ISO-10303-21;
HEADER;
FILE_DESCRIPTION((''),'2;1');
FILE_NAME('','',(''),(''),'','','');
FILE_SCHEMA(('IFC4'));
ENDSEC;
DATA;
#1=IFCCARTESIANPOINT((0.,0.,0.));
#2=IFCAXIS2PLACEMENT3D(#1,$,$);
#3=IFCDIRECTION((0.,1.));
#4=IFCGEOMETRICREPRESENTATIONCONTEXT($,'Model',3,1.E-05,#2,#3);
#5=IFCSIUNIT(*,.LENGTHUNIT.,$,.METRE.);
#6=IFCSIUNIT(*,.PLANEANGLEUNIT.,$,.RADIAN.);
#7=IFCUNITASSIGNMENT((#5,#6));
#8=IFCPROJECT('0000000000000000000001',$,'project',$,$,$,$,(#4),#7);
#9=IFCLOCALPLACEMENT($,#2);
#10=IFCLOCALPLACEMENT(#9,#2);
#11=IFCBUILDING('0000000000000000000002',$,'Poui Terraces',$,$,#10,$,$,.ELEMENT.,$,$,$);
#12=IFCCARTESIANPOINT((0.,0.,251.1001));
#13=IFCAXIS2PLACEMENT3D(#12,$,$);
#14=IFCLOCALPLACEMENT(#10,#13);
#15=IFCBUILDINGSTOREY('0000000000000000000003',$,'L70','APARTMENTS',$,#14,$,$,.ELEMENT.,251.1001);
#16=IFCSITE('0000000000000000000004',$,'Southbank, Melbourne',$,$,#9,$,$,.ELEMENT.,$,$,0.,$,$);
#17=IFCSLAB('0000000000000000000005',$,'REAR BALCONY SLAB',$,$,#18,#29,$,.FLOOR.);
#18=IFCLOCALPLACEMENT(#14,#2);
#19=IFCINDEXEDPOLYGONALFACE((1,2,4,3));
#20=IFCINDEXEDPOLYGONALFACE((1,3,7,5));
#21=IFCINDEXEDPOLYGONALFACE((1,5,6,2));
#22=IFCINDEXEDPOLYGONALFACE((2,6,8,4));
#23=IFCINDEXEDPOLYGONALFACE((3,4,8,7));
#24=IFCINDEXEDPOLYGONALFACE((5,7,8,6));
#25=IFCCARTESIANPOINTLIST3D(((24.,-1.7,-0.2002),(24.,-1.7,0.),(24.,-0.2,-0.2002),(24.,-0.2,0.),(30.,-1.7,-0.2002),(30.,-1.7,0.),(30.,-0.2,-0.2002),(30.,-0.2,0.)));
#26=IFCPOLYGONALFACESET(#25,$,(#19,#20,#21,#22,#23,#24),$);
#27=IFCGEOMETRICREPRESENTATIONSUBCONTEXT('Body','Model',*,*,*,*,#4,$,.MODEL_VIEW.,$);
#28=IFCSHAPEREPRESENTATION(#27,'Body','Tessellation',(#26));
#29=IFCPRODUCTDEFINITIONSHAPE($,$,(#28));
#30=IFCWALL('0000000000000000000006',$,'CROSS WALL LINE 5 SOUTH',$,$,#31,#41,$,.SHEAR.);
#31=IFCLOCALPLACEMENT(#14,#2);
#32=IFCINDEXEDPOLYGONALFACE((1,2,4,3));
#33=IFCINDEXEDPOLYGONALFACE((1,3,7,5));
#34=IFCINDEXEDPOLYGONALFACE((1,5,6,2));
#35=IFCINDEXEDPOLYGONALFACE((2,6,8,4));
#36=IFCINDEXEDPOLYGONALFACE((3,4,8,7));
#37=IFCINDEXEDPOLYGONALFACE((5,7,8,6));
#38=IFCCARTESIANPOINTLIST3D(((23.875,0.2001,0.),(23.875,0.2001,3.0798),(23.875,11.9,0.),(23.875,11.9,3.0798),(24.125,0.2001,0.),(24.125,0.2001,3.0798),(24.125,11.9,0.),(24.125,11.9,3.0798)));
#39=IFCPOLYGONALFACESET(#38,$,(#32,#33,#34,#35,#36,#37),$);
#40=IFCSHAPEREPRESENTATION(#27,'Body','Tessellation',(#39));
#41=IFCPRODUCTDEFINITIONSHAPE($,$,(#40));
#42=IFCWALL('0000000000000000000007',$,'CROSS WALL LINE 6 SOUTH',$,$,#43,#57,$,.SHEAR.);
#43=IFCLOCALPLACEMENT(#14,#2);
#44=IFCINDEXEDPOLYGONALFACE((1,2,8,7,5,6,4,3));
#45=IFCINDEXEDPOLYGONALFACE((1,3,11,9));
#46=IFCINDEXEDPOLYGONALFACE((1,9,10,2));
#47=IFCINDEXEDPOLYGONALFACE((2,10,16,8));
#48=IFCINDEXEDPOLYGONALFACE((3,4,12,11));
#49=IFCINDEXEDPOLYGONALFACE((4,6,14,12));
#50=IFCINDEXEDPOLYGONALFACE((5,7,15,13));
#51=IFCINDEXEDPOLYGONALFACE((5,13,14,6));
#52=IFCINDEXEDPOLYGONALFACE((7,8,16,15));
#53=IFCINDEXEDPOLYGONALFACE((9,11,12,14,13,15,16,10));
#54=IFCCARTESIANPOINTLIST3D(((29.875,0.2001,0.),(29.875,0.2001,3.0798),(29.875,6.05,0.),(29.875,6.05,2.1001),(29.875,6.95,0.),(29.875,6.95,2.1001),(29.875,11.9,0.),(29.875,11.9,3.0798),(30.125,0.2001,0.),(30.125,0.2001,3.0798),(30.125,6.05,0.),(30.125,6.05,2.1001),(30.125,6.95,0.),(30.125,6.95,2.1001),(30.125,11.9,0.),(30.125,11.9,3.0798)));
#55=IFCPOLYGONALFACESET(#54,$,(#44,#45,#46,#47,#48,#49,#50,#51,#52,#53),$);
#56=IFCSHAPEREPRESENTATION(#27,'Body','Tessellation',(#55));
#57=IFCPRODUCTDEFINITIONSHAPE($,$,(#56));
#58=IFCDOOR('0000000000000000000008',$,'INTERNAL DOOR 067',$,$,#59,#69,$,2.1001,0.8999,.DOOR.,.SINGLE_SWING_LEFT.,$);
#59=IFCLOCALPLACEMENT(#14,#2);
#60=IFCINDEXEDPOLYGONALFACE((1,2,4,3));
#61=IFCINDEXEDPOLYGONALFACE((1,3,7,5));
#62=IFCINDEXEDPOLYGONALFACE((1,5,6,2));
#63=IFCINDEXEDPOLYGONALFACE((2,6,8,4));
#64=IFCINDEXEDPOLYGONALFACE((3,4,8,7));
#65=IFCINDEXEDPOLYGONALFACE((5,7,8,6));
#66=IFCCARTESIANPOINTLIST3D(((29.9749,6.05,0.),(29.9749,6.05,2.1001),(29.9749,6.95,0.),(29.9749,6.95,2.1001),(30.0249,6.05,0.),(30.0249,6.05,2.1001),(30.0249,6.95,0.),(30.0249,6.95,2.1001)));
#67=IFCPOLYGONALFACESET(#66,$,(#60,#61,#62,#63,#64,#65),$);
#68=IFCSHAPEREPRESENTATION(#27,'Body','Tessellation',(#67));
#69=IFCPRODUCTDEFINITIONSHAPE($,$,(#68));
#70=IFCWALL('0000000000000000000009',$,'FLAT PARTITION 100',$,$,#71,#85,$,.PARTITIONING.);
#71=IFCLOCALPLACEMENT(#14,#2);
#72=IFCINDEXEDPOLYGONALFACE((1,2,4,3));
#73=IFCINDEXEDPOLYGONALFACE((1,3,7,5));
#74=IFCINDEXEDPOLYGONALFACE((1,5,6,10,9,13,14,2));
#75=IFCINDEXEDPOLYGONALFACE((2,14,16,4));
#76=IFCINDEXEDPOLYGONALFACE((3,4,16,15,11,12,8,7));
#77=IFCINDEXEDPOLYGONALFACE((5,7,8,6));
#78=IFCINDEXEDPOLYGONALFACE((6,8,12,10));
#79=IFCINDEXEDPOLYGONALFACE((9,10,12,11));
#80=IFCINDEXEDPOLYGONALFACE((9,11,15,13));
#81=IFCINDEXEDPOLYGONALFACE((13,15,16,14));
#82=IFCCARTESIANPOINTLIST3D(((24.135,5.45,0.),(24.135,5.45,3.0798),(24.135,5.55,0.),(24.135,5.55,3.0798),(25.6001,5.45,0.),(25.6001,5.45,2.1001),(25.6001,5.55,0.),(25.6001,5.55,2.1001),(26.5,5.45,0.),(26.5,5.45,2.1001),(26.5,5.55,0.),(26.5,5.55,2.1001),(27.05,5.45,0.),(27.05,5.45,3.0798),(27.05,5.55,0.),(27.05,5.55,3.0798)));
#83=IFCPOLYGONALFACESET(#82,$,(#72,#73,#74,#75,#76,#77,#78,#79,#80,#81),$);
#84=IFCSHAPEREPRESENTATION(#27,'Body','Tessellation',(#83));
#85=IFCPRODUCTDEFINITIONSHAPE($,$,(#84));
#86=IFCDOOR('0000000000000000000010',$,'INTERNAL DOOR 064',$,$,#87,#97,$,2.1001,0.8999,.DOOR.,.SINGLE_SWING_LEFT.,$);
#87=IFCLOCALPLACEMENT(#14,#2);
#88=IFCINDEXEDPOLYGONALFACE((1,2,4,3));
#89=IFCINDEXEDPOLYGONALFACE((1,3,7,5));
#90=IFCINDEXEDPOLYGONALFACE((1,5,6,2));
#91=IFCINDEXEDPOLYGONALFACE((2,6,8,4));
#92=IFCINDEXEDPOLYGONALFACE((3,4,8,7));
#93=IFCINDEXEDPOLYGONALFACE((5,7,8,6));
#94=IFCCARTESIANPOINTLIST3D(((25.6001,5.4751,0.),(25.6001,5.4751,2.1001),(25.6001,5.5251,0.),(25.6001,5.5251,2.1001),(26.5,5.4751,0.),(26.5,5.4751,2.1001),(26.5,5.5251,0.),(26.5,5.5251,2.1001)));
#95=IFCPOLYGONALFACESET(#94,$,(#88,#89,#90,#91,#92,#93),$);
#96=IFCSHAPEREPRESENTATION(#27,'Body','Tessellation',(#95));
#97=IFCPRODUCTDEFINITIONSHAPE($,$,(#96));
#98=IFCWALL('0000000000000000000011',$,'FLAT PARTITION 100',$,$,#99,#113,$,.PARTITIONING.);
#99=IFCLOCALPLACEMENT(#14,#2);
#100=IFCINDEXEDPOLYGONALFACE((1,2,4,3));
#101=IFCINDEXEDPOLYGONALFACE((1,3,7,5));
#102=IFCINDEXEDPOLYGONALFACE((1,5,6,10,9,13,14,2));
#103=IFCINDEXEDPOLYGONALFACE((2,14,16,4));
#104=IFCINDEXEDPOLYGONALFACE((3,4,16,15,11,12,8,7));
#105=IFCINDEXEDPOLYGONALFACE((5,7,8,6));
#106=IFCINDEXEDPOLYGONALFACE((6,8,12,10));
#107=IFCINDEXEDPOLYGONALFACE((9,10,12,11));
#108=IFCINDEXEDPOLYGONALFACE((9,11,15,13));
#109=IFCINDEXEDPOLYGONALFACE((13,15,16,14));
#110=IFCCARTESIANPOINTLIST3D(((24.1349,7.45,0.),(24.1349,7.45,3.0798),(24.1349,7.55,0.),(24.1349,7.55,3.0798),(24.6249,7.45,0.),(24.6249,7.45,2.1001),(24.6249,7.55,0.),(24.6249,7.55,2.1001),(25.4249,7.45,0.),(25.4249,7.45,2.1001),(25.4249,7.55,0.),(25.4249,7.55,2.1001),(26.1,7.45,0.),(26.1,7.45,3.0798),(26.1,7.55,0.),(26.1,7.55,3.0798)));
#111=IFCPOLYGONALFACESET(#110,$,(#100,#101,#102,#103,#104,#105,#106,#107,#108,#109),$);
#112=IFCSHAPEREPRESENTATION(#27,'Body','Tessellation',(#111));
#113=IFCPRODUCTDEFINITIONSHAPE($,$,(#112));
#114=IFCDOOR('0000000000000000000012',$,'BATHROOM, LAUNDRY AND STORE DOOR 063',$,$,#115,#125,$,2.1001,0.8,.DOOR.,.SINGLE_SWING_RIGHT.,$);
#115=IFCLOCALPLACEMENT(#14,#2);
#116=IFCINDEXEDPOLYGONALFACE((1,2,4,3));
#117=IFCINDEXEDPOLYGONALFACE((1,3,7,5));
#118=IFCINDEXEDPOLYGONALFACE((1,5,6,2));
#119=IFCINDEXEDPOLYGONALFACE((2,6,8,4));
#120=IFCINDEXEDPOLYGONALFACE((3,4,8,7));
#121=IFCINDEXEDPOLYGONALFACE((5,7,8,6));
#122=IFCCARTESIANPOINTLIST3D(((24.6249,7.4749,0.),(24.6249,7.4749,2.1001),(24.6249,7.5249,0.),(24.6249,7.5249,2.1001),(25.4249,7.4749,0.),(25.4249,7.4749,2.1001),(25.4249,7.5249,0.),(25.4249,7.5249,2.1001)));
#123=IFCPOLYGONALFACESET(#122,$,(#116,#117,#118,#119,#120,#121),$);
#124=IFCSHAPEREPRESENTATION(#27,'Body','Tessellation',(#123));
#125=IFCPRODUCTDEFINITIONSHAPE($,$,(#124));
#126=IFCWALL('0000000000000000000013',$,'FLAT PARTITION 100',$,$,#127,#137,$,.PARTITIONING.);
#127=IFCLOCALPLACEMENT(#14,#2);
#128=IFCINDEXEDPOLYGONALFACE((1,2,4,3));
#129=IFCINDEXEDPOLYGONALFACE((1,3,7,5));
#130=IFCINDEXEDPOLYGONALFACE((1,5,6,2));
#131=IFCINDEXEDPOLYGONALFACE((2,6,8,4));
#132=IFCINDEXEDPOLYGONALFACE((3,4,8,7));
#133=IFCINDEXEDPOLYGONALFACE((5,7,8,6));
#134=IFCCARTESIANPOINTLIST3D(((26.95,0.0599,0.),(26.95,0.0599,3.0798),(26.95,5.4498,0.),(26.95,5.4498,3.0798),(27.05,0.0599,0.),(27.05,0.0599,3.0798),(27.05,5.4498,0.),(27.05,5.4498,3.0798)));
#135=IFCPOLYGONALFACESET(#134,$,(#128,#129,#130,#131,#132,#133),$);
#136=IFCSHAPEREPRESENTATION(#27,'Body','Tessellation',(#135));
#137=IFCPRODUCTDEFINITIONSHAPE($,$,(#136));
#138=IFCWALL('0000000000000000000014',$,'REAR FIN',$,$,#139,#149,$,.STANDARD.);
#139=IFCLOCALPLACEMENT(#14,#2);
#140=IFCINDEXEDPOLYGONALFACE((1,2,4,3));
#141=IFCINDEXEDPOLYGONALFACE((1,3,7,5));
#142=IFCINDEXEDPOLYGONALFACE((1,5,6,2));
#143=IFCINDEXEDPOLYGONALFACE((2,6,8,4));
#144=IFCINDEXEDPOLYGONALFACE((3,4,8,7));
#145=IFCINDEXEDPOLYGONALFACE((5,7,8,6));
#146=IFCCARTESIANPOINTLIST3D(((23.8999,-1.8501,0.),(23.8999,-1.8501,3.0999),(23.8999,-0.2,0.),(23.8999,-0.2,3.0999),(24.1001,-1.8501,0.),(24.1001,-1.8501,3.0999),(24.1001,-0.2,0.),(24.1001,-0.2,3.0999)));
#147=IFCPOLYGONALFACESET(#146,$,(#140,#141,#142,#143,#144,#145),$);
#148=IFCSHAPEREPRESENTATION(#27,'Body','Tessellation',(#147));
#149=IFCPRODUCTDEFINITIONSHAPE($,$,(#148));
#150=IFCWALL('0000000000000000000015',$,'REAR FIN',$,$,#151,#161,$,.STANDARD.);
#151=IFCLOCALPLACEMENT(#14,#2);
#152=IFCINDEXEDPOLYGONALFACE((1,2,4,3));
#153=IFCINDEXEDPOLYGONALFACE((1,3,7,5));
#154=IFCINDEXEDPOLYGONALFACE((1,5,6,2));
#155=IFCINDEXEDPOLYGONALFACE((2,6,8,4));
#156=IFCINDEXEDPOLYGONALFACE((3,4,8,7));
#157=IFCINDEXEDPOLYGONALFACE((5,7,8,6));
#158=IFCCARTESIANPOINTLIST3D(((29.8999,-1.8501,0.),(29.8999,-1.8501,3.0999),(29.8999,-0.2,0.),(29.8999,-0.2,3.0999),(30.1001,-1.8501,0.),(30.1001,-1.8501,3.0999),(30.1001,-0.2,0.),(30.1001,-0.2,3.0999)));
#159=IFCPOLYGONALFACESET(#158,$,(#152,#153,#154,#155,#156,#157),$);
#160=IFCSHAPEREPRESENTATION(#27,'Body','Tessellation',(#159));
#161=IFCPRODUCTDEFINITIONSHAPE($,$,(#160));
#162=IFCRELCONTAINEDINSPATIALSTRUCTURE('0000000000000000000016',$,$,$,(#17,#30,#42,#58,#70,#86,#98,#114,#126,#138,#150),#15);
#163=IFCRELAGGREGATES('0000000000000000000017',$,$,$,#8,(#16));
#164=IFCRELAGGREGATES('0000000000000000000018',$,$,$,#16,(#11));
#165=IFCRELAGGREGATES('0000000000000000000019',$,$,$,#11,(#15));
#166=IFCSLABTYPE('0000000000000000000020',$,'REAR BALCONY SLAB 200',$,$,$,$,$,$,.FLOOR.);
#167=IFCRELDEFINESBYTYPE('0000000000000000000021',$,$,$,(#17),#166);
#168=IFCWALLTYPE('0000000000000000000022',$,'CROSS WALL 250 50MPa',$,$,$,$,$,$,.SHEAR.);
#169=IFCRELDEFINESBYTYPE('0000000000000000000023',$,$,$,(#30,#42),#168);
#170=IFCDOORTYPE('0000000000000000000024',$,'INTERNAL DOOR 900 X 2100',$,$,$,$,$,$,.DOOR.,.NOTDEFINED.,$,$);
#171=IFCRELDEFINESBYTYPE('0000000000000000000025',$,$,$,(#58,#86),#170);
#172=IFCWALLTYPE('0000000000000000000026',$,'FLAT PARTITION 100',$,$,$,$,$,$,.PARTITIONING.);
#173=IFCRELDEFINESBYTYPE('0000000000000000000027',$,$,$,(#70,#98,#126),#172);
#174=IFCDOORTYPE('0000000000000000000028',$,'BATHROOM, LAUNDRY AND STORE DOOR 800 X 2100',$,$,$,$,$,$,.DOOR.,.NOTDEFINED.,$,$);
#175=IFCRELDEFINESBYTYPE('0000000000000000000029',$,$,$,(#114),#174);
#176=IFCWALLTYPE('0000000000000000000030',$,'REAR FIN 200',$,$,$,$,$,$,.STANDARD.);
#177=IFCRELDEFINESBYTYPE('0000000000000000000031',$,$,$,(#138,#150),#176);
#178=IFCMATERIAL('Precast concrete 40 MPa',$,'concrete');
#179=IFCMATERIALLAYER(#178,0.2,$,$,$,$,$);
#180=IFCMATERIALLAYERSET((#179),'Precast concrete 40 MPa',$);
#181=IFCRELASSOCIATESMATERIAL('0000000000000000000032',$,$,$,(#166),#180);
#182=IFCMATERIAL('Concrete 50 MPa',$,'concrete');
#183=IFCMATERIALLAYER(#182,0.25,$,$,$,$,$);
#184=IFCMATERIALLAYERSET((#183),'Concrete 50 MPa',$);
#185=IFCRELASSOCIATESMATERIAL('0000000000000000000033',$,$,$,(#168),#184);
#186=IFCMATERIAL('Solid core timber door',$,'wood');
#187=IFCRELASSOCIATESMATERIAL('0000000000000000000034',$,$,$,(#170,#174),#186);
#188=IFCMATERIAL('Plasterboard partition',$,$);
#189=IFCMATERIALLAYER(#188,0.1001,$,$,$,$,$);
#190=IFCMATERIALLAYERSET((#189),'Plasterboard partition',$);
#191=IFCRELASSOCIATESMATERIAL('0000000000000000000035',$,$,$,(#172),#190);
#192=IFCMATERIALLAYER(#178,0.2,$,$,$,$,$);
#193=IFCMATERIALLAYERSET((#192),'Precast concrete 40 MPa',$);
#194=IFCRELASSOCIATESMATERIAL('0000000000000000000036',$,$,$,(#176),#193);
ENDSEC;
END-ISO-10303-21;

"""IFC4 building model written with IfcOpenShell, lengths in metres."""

from ifc_helpers import new_model, si_unit, direction, frame, frame_2d, origin, place, context, subcontext, project, spatial, polyline, rectangle, outline, extrude, source, transform, mapped, material, layer, layer_set, type_object, element, fill, save


model = new_model("IFC4")

# Units and contexts
model_context = context("Model", 3, precision=1e-05, world=origin(), true_north=direction((0.0, 1.0)))
body_context = subcontext(model_context, "Body", "Model", "MODEL_VIEW")
ifc_project = project(units=[si_unit("LENGTHUNIT", "METRE"), si_unit("PLANEANGLEUNIT", "RADIAN")], contexts=[model_context])

# Site, building, storey
site_placement = place(None, origin())
site = spatial("IfcSite", under=ifc_project, at=site_placement, Name="Southbank, Melbourne", CompositionType="ELEMENT", RefElevation=0.0)
building_placement = place(site_placement, origin())
building = spatial("IfcBuilding", under=site, at=building_placement, Name="Poui Terraces", CompositionType="ELEMENT")
storey_placement = place(building_placement, frame((0.0, 0.0, 251.1001)))
storey = spatial("IfcBuildingStorey", under=building, at=storey_placement, Name="L70", Description="APARTMENTS", CompositionType="ELEMENT", Elevation=251.1001)

# Slab
ifc_material_1 = material(Name="Precast concrete 40 MPa", Category="concrete")
ifc_layer_1 = layer(ifc_material_1, 0.2)
ifc_layer_set_1 = layer_set([ifc_layer_1], Name="Precast concrete 40 MPa")
slab_type = type_object("IfcSlabType", Name="REAR BALCONY SLAB 200", PredefinedType="FLOOR", material=ifc_layer_set_1)
shared_shape_1 = source(origin(), body_context, "Body", "SweptSolid", [
    extrude(outline(polyline([(0.0, 0.0), (6.0, 0.0), (6.0, 1.5), (0.0, 1.5), (0.0, 0.0)])), origin(), (0.0, 0.0, 1.0), 0.2002),
])
slab_placement = place(storey_placement, frame((24.0, -1.7, -0.2002)))
element("IfcSlab", 1, at=slab_placement, inside=storey, type_object=slab_type, Name="REAR BALCONY SLAB", PredefinedType="FLOOR", context=body_context, shape_type="MappedRepresentation", body=[
    mapped(shared_shape_1, transform((0.0, 0.0, 0.0))),
])

# Wall
ifc_material_2 = material(Name="Concrete 50 MPa", Category="concrete")
ifc_layer_2 = layer(ifc_material_2, 0.25)
ifc_layer_set_2 = layer_set([ifc_layer_2], Name="Concrete 50 MPa")
wall_type_1 = type_object("IfcWallType", Name="CROSS WALL 250 50MPa", PredefinedType="SHEAR", material=ifc_layer_set_2)
wall_1_placement = place(storey_placement, frame((24.0, 0.2, 0.0), z_axis=(0.0, 0.0, 1.0), x_axis=(0.0, 1.0, 0.0)))
element("IfcWall", 2, at=wall_1_placement, inside=storey, type_object=wall_type_1, Name="CROSS WALL LINE 5 SOUTH", PredefinedType="SHEAR", context=body_context, shape_type="SweptSolid", body=[
    extrude(rectangle(XDim=11.7, YDim=0.25, at=frame_2d((5.8501, 0.0))), origin(), (0.0, 0.0, 1.0), 3.0798),
])

# Walls, openings, doors
wall_2_placement = place(storey_placement, frame((30.0, 0.2, 0.0), z_axis=(0.0, 0.0, 1.0), x_axis=(0.0, 1.0, 0.0)))
wall_2 = element("IfcWall", 3, at=wall_2_placement, inside=storey, type_object=wall_type_1, Name="CROSS WALL LINE 6 SOUTH", PredefinedType="SHEAR", context=body_context, shape_type="SweptSolid", body=[
    extrude(rectangle(XDim=11.7, YDim=0.25, at=frame_2d((5.8501, 0.0))), origin(), (0.0, 0.0, 1.0), 3.0798),
])
opening_1_placement = place(wall_2_placement, frame((5.8501, 0.0, 0.0)))
opening_1 = element("IfcOpeningElement", 4, at=opening_1_placement, cuts=wall_2, PredefinedType="OPENING", context=body_context, shape_type="SweptSolid", body=[
    extrude(rectangle(XDim=0.8999, YDim=2.1001, at=frame_2d((0.45, 1.05))), frame((0.0, 0.135, 0.0), z_axis=(0.0, -1.0, 0.0), x_axis=(1.0, 0.0, 0.0)), (0.0, 0.0, 1.0), 0.27),
])
ifc_material_3 = material(Name="Solid core timber door", Category="wood")
door_type_1 = type_object("IfcDoorType", Name="INTERNAL DOOR 900 X 2100", OperationType="NOTDEFINED", PredefinedType="DOOR", material=ifc_material_3)
door_1_placement = place(opening_1_placement, frame((0.8999, 0.0, 0.0), z_axis=(0.0, 0.0, 1.0), x_axis=(-1.0, 0.0, 0.0)))
door_1 = element("IfcDoor", 5, at=door_1_placement, inside=storey, type_object=door_type_1, Name="INTERNAL DOOR 067", OperationType="SINGLE_SWING_LEFT", OverallHeight=2.1001, OverallWidth=0.8999, PredefinedType="DOOR", context=body_context, shape_type="SweptSolid", body=[
    extrude(rectangle(XDim=0.8999, YDim=2.1001, at=frame_2d((0.45, 1.05))), frame((0.0, 0.0249, 0.0), z_axis=(0.0, -1.0, 0.0), x_axis=(1.0, 0.0, 0.0)), (0.0, 0.0, 1.0), 0.05),
])
fill(opening_1, door_1)
ifc_material_4 = material(Name="Plasterboard partition")
ifc_layer_3 = layer(ifc_material_4, 0.1001)
ifc_layer_set_3 = layer_set([ifc_layer_3], Name="Plasterboard partition")
wall_type_2 = type_object("IfcWallType", Name="FLAT PARTITION 100", PredefinedType="PARTITIONING", material=ifc_layer_set_3)
wall_3_placement = place(storey_placement, frame((24.135, 5.5, 0.0), z_axis=(0.0, 0.0, 1.0), x_axis=(1.0, 0.0, 0.0)))
wall_3 = element("IfcWall", 6, at=wall_3_placement, inside=storey, type_object=wall_type_2, Name="FLAT PARTITION 100", PredefinedType="PARTITIONING", context=body_context, shape_type="SweptSolid", body=[
    extrude(rectangle(XDim=2.915, YDim=0.1001, at=frame_2d((1.4575, 0.0))), origin(), (0.0, 0.0, 1.0), 3.0798),
])
opening_2_placement = place(wall_3_placement, frame((1.4651, 0.0, 0.0)))
opening_2 = element("IfcOpeningElement", 7, at=opening_2_placement, cuts=wall_3, PredefinedType="OPENING", context=body_context, shape_type="SweptSolid", body=[
    extrude(rectangle(XDim=0.8999, YDim=2.1001, at=frame_2d((0.45, 1.05))), frame((0.0, 0.0601, 0.0), z_axis=(0.0, -1.0, 0.0), x_axis=(1.0, 0.0, 0.0)), (0.0, 0.0, 1.0), 0.1201),
])
door_2_placement = place(opening_2_placement, frame((0.8999, 0.0, 0.0), z_axis=(0.0, 0.0, 1.0), x_axis=(-1.0, 0.0, 0.0)))
door_2 = element("IfcDoor", 8, at=door_2_placement, inside=storey, type_object=door_type_1, Name="INTERNAL DOOR 064", OperationType="SINGLE_SWING_LEFT", OverallHeight=2.1001, OverallWidth=0.8999, PredefinedType="DOOR", context=body_context, shape_type="SweptSolid", body=[
    extrude(rectangle(XDim=0.8999, YDim=2.1001, at=frame_2d((0.45, 1.05))), frame((0.0, 0.0249, 0.0), z_axis=(0.0, -1.0, 0.0), x_axis=(1.0, 0.0, 0.0)), (0.0, 0.0, 1.0), 0.05),
])
fill(opening_2, door_2)
wall_4_placement = place(storey_placement, frame((24.135, 7.5, 0.0), z_axis=(0.0, 0.0, 1.0), x_axis=(1.0, 0.0, 0.0)))
wall_4 = element("IfcWall", 9, at=wall_4_placement, inside=storey, type_object=wall_type_2, Name="FLAT PARTITION 100", PredefinedType="PARTITIONING", context=body_context, shape_type="SweptSolid", body=[
    extrude(rectangle(XDim=1.9651, YDim=0.1001, at=frame_2d((0.9824, 0.0))), origin(), (0.0, 0.0, 1.0), 3.0798),
])
opening_3_placement = place(wall_4_placement, frame((0.49, 0.0, 0.0)))
opening_3 = element("IfcOpeningElement", 10, at=opening_3_placement, cuts=wall_4, PredefinedType="OPENING", context=body_context, shape_type="SweptSolid", body=[
    extrude(rectangle(XDim=0.8, YDim=2.1001, at=frame_2d((0.3999, 1.05))), frame((0.0, 0.0601, 0.0), z_axis=(0.0, -1.0, 0.0), x_axis=(1.0, 0.0, 0.0)), (0.0, 0.0, 1.0), 0.1201),
])
door_type_2 = type_object("IfcDoorType", Name="BATHROOM, LAUNDRY AND STORE DOOR 800 X 2100", OperationType="NOTDEFINED", PredefinedType="DOOR", material=ifc_material_3)
door_3_placement = place(opening_3_placement, origin())
door_3 = element("IfcDoor", 11, at=door_3_placement, inside=storey, type_object=door_type_2, Name="BATHROOM, LAUNDRY AND STORE DOOR 063", OperationType="SINGLE_SWING_RIGHT", OverallHeight=2.1001, OverallWidth=0.8, PredefinedType="DOOR", context=body_context, shape_type="SweptSolid", body=[
    extrude(rectangle(XDim=0.8, YDim=2.1001, at=frame_2d((0.3999, 1.05))), frame((0.0, 0.0249, 0.0), z_axis=(0.0, -1.0, 0.0), x_axis=(1.0, 0.0, 0.0)), (0.0, 0.0, 1.0), 0.05),
])
fill(opening_3, door_3)

# Walls
wall_5_placement = place(storey_placement, frame((27.0, 0.0601, 0.0), z_axis=(0.0, 0.0, 1.0), x_axis=(0.0, 1.0, 0.0)))
element("IfcWall", 12, at=wall_5_placement, inside=storey, type_object=wall_type_2, Name="FLAT PARTITION 100", PredefinedType="PARTITIONING", context=body_context, shape_type="SweptSolid", body=[
    extrude(rectangle(XDim=5.3899, YDim=0.1001, at=frame_2d((2.6948, 0.0))), origin(), (0.0, 0.0, 1.0), 3.0798),
])
ifc_layer_4 = layer(ifc_material_1, 0.2)
ifc_layer_set_4 = layer_set([ifc_layer_4], Name="Precast concrete 40 MPa")
wall_type_3 = type_object("IfcWallType", Name="REAR FIN 200", PredefinedType="STANDARD", material=ifc_layer_set_4)
shared_shape_2 = source(origin(), body_context, "Body", "SweptSolid", [
    extrude(outline(polyline([(0.0, 0.0), (0.2002, 0.0), (0.2002, 1.6501), (0.0, 1.6501), (0.0, 0.0)])), origin(), (0.0, 0.0, 1.0), 3.0999),
])
for number, where, name in (
    (13, (23.8999, -1.8501, 0.0), "REAR FIN"),
    (14, (29.8999, -1.8501, 0.0), "REAR FIN"),
):
    element("IfcWall", number, at=place(storey_placement, frame(where)), inside=storey, type_object=wall_type_3, Name=name, PredefinedType="STANDARD", context=body_context, shape_type="MappedRepresentation", body=[
        mapped(shared_shape_2, transform((0.0, 0.0, 0.0))),
    ])

save(model, "model.ifc")
